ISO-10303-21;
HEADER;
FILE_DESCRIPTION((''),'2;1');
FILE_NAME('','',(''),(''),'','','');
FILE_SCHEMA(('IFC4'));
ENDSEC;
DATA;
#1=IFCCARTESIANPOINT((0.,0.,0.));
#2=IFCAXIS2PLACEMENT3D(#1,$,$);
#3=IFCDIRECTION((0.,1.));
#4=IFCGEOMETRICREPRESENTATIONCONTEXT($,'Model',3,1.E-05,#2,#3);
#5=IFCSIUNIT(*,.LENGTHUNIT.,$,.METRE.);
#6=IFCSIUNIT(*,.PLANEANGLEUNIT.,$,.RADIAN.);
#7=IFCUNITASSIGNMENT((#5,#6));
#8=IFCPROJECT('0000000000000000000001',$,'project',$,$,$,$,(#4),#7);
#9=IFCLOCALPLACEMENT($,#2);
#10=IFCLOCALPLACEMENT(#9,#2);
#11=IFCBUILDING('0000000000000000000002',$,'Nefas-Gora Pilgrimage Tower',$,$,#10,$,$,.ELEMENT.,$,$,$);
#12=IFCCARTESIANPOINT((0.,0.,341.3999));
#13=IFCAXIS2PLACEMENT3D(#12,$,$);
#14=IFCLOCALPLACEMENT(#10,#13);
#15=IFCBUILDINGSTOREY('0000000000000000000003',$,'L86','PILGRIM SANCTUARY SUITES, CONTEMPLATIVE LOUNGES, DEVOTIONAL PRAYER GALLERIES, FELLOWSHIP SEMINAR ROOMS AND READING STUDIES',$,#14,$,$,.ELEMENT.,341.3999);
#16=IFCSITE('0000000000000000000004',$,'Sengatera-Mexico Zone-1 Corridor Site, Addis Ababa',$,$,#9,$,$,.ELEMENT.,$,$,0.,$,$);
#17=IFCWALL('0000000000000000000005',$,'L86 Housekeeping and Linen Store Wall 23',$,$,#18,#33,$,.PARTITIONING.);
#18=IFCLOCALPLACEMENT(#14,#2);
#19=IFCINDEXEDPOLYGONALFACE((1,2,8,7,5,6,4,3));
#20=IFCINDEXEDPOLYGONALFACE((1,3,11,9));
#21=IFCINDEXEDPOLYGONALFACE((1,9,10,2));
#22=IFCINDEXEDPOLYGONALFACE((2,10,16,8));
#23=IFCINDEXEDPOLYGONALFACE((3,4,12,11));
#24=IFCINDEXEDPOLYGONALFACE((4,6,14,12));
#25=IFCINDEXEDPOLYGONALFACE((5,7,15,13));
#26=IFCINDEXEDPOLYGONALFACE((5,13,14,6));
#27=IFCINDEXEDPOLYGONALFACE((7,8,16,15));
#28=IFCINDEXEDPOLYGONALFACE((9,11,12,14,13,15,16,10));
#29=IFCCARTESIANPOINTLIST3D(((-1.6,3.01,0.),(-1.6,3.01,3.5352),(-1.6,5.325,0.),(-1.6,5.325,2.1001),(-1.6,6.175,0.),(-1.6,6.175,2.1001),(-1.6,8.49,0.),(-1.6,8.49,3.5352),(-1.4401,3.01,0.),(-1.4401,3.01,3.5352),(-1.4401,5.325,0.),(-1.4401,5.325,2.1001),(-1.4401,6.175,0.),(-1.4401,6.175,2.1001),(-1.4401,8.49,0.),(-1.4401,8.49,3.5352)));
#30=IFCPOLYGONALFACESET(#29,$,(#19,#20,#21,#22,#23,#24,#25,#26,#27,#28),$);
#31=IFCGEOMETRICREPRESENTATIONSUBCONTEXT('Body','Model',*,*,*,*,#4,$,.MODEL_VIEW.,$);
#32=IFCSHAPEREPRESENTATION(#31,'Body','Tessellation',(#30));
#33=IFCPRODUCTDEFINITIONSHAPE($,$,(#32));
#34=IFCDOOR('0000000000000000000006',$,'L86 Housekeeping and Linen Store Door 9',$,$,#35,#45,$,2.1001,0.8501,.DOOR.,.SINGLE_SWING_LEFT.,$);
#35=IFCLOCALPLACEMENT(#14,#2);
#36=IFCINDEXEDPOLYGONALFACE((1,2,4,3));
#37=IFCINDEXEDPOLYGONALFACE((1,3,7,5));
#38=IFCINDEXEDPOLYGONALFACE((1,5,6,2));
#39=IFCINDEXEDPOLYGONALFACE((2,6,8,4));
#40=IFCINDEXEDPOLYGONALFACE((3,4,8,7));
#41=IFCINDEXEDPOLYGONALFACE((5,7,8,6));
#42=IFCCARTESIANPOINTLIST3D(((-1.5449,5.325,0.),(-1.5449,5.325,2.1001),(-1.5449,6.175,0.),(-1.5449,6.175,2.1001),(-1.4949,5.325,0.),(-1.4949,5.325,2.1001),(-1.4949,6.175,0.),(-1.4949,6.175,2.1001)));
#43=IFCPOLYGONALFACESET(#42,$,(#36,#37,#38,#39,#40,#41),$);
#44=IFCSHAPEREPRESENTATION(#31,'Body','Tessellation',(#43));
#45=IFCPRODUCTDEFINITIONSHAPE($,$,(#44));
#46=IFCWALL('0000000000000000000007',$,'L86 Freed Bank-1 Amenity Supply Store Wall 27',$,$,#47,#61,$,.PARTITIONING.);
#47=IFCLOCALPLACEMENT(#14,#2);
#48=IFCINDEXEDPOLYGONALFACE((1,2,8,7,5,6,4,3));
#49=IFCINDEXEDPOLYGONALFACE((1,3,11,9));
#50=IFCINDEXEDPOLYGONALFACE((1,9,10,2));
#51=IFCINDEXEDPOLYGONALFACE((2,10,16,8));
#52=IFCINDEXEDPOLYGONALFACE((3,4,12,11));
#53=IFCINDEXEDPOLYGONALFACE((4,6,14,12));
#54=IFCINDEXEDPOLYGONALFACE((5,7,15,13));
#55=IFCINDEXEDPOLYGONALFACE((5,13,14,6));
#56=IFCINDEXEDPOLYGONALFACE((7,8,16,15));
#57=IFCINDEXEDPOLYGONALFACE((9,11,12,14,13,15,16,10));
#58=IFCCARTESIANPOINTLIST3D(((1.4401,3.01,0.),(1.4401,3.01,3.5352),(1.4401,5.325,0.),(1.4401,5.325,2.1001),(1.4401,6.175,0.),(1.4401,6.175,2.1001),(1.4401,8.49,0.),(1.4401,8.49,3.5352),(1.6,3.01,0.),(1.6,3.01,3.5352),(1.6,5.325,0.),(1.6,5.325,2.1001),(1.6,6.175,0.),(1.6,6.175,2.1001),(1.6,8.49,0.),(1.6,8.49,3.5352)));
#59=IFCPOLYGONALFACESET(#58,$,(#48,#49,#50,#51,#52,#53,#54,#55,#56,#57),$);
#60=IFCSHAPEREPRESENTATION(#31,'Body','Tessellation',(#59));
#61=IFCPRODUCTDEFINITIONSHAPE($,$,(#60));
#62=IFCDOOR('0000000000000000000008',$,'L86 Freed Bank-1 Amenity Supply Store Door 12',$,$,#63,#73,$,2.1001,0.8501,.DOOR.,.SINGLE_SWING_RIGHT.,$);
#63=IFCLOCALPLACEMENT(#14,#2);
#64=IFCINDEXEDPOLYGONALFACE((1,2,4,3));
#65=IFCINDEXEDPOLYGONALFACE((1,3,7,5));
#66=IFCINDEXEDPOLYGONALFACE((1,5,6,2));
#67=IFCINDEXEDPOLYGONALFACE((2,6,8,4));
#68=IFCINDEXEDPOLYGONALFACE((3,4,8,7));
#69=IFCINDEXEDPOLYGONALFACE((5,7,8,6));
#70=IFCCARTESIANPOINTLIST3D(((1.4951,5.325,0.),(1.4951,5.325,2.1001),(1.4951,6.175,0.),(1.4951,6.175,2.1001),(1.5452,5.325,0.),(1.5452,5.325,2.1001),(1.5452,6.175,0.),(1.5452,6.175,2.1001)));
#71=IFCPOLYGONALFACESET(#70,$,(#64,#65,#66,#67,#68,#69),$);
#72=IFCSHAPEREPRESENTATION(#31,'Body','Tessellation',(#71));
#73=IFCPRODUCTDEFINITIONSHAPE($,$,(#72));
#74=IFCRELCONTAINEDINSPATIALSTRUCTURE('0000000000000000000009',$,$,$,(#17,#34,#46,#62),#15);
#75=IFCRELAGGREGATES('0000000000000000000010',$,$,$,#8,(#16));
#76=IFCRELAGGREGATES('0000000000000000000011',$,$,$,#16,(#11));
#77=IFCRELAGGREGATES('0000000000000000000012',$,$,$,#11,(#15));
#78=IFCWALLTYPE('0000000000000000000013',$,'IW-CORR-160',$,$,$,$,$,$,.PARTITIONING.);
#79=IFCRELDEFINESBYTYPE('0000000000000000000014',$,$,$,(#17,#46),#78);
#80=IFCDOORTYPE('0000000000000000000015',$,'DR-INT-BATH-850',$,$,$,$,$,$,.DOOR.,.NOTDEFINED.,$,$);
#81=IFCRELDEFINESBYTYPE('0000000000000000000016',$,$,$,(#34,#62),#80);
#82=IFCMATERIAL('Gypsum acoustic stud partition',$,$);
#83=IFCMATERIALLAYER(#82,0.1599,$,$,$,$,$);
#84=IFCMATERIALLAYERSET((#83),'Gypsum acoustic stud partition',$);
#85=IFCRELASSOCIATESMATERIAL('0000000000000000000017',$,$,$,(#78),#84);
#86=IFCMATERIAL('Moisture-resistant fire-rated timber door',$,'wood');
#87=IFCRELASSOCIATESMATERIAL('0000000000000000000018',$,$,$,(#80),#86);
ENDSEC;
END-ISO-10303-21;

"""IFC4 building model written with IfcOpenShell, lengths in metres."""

from ifc_helpers import new_model, si_unit, direction, frame, frame_2d, origin, place, context, subcontext, project, spatial, rectangle, extrude, source, transform, mapped, material, layer, layer_set, type_object, element, fill, save


model = new_model("IFC4")

# Units and contexts
model_context = context("Model", 3, precision=1e-05, world=origin(), true_north=direction((0.0, 1.0)))
body_context = subcontext(model_context, "Body", "Model", "MODEL_VIEW")
ifc_project = project(units=[si_unit("LENGTHUNIT", "METRE"), si_unit("PLANEANGLEUNIT", "RADIAN")], contexts=[model_context])

# Site, building, storey
site_placement = place(None, origin())
site = spatial("IfcSite", under=ifc_project, at=site_placement, Name="Sengatera-Mexico Zone-1 Corridor Site, Addis Ababa", CompositionType="ELEMENT", RefElevation=0.0)
building_placement = place(site_placement, origin())
building = spatial("IfcBuilding", under=site, at=building_placement, Name="Nefas-Gora Pilgrimage Tower", CompositionType="ELEMENT")
storey_placement = place(building_placement, frame((0.0, 0.0, 341.3999)))
storey = spatial("IfcBuildingStorey", under=building, at=storey_placement, Name="L86", Description="PILGRIM SANCTUARY SUITES, CONTEMPLATIVE LOUNGES, DEVOTIONAL PRAYER GALLERIES, FELLOWSHIP SEMINAR ROOMS AND READING STUDIES", CompositionType="ELEMENT", Elevation=341.3999)

# Shared definitions
ifc_material_1 = material(Name="Gypsum acoustic stud partition")
ifc_layer_1 = layer(ifc_material_1, 0.1599)
ifc_layer_set_1 = layer_set([ifc_layer_1], Name="Gypsum acoustic stud partition")
wall_type_1 = type_object("IfcWallType", Name="IW-CORR-160", PredefinedType="PARTITIONING", material=ifc_layer_set_1)

# Walls, openings, doors
shared_shape_1 = source(origin(), body_context, "Body", "SweptSolid", [
    extrude(rectangle(XDim=5.48, YDim=0.1599, at=frame_2d((2.74, 0.0))), origin(), (0.0, 0.0, 1.0), 3.5352),
])
wall_1_placement = place(storey_placement, frame((-1.52, 3.01, 0.0), z_axis=(0.0, 0.0, 1.0), x_axis=(0.0, 1.0, 0.0)))
wall_1 = element("IfcWall", 1, at=wall_1_placement, inside=storey, type_object=wall_type_1, Name="L86 Housekeeping and Linen Store Wall 23", PredefinedType="PARTITIONING", context=body_context, shape_type="MappedRepresentation", body=[
    mapped(shared_shape_1, transform((0.0, 0.0, 0.0), x_axis=(1.0, 0.0, 0.0), y_axis=(0.0, 1.0, 0.0), z_axis=(0.0, 0.0, 1.0), scale=1.0)),
])
opening_1_placement = place(wall_1_placement, frame((2.3149, 0.0, 0.0)))
opening_1 = element("IfcOpeningElement", 2, at=opening_1_placement, cuts=wall_1, PredefinedType="OPENING", context=body_context, shape_type="SweptSolid", body=[
    extrude(rectangle(XDim=0.8501, YDim=2.1001, at=frame_2d((0.425, 1.05))), frame((0.0, 0.0898, 0.0), z_axis=(0.0, -1.0, 0.0), x_axis=(1.0, 0.0, 0.0)), (0.0, 0.0, 1.0), 0.1799),
])
ifc_material_2 = material(Name="Moisture-resistant fire-rated timber door", Category="wood")
door_type_1 = type_object("IfcDoorType", Name="DR-INT-BATH-850", OperationType="NOTDEFINED", PredefinedType="DOOR", material=ifc_material_2)
shared_shape_2 = source(origin(), body_context, "Body", "SweptSolid", [
    extrude(rectangle(XDim=0.8501, YDim=2.1001, at=frame_2d((0.425, 1.05))), frame((0.0, 0.0249, 0.0), z_axis=(0.0, -1.0, 0.0), x_axis=(1.0, 0.0, 0.0)), (0.0, 0.0, 1.0), 0.05),
])
door_1_placement = place(opening_1_placement, origin())
door_1 = element("IfcDoor", 3, at=door_1_placement, inside=storey, type_object=door_type_1, Name="L86 Housekeeping and Linen Store Door 9", OperationType="SINGLE_SWING_LEFT", OverallHeight=2.1001, OverallWidth=0.8501, PredefinedType="DOOR", context=body_context, shape_type="MappedRepresentation", body=[
    mapped(shared_shape_2, transform((0.0, 0.0, 0.0), x_axis=(1.0, 0.0, 0.0), y_axis=(0.0, 1.0, 0.0), z_axis=(0.0, 0.0, 1.0), scale=1.0)),
])
fill(opening_1, door_1)
wall_2_placement = place(storey_placement, frame((1.52, 3.01, 0.0), z_axis=(0.0, 0.0, 1.0), x_axis=(0.0, 1.0, 0.0)))
wall_2 = element("IfcWall", 4, at=wall_2_placement, inside=storey, type_object=wall_type_1, Name="L86 Freed Bank-1 Amenity Supply Store Wall 27", PredefinedType="PARTITIONING", context=body_context, shape_type="MappedRepresentation", body=[
    mapped(shared_shape_1, transform((0.0, 0.0, 0.0), x_axis=(1.0, 0.0, 0.0), y_axis=(0.0, 1.0, 0.0), z_axis=(0.0, 0.0, 1.0), scale=1.0)),
])
opening_2_placement = place(wall_2_placement, frame((2.3149, 0.0, 0.0)))
opening_2 = element("IfcOpeningElement", 5, at=opening_2_placement, cuts=wall_2, PredefinedType="OPENING", context=body_context, shape_type="SweptSolid", body=[
    extrude(rectangle(XDim=0.8501, YDim=2.1001, at=frame_2d((0.425, 1.05))), frame((0.0, 0.0898, 0.0), z_axis=(0.0, -1.0, 0.0), x_axis=(1.0, 0.0, 0.0)), (0.0, 0.0, 1.0), 0.1799),
])
door_2_placement = place(opening_2_placement, origin())
door_2 = element("IfcDoor", 6, at=door_2_placement, inside=storey, type_object=door_type_1, Name="L86 Freed Bank-1 Amenity Supply Store Door 12", OperationType="SINGLE_SWING_RIGHT", OverallHeight=2.1001, OverallWidth=0.8501, PredefinedType="DOOR", context=body_context, shape_type="MappedRepresentation", body=[
    mapped(shared_shape_2, transform((0.0, 0.0, 0.0), x_axis=(1.0, 0.0, 0.0), y_axis=(0.0, 1.0, 0.0), z_axis=(0.0, 0.0, 1.0), scale=1.0)),
])
fill(opening_2, door_2)

save(model, "model.ifc")
